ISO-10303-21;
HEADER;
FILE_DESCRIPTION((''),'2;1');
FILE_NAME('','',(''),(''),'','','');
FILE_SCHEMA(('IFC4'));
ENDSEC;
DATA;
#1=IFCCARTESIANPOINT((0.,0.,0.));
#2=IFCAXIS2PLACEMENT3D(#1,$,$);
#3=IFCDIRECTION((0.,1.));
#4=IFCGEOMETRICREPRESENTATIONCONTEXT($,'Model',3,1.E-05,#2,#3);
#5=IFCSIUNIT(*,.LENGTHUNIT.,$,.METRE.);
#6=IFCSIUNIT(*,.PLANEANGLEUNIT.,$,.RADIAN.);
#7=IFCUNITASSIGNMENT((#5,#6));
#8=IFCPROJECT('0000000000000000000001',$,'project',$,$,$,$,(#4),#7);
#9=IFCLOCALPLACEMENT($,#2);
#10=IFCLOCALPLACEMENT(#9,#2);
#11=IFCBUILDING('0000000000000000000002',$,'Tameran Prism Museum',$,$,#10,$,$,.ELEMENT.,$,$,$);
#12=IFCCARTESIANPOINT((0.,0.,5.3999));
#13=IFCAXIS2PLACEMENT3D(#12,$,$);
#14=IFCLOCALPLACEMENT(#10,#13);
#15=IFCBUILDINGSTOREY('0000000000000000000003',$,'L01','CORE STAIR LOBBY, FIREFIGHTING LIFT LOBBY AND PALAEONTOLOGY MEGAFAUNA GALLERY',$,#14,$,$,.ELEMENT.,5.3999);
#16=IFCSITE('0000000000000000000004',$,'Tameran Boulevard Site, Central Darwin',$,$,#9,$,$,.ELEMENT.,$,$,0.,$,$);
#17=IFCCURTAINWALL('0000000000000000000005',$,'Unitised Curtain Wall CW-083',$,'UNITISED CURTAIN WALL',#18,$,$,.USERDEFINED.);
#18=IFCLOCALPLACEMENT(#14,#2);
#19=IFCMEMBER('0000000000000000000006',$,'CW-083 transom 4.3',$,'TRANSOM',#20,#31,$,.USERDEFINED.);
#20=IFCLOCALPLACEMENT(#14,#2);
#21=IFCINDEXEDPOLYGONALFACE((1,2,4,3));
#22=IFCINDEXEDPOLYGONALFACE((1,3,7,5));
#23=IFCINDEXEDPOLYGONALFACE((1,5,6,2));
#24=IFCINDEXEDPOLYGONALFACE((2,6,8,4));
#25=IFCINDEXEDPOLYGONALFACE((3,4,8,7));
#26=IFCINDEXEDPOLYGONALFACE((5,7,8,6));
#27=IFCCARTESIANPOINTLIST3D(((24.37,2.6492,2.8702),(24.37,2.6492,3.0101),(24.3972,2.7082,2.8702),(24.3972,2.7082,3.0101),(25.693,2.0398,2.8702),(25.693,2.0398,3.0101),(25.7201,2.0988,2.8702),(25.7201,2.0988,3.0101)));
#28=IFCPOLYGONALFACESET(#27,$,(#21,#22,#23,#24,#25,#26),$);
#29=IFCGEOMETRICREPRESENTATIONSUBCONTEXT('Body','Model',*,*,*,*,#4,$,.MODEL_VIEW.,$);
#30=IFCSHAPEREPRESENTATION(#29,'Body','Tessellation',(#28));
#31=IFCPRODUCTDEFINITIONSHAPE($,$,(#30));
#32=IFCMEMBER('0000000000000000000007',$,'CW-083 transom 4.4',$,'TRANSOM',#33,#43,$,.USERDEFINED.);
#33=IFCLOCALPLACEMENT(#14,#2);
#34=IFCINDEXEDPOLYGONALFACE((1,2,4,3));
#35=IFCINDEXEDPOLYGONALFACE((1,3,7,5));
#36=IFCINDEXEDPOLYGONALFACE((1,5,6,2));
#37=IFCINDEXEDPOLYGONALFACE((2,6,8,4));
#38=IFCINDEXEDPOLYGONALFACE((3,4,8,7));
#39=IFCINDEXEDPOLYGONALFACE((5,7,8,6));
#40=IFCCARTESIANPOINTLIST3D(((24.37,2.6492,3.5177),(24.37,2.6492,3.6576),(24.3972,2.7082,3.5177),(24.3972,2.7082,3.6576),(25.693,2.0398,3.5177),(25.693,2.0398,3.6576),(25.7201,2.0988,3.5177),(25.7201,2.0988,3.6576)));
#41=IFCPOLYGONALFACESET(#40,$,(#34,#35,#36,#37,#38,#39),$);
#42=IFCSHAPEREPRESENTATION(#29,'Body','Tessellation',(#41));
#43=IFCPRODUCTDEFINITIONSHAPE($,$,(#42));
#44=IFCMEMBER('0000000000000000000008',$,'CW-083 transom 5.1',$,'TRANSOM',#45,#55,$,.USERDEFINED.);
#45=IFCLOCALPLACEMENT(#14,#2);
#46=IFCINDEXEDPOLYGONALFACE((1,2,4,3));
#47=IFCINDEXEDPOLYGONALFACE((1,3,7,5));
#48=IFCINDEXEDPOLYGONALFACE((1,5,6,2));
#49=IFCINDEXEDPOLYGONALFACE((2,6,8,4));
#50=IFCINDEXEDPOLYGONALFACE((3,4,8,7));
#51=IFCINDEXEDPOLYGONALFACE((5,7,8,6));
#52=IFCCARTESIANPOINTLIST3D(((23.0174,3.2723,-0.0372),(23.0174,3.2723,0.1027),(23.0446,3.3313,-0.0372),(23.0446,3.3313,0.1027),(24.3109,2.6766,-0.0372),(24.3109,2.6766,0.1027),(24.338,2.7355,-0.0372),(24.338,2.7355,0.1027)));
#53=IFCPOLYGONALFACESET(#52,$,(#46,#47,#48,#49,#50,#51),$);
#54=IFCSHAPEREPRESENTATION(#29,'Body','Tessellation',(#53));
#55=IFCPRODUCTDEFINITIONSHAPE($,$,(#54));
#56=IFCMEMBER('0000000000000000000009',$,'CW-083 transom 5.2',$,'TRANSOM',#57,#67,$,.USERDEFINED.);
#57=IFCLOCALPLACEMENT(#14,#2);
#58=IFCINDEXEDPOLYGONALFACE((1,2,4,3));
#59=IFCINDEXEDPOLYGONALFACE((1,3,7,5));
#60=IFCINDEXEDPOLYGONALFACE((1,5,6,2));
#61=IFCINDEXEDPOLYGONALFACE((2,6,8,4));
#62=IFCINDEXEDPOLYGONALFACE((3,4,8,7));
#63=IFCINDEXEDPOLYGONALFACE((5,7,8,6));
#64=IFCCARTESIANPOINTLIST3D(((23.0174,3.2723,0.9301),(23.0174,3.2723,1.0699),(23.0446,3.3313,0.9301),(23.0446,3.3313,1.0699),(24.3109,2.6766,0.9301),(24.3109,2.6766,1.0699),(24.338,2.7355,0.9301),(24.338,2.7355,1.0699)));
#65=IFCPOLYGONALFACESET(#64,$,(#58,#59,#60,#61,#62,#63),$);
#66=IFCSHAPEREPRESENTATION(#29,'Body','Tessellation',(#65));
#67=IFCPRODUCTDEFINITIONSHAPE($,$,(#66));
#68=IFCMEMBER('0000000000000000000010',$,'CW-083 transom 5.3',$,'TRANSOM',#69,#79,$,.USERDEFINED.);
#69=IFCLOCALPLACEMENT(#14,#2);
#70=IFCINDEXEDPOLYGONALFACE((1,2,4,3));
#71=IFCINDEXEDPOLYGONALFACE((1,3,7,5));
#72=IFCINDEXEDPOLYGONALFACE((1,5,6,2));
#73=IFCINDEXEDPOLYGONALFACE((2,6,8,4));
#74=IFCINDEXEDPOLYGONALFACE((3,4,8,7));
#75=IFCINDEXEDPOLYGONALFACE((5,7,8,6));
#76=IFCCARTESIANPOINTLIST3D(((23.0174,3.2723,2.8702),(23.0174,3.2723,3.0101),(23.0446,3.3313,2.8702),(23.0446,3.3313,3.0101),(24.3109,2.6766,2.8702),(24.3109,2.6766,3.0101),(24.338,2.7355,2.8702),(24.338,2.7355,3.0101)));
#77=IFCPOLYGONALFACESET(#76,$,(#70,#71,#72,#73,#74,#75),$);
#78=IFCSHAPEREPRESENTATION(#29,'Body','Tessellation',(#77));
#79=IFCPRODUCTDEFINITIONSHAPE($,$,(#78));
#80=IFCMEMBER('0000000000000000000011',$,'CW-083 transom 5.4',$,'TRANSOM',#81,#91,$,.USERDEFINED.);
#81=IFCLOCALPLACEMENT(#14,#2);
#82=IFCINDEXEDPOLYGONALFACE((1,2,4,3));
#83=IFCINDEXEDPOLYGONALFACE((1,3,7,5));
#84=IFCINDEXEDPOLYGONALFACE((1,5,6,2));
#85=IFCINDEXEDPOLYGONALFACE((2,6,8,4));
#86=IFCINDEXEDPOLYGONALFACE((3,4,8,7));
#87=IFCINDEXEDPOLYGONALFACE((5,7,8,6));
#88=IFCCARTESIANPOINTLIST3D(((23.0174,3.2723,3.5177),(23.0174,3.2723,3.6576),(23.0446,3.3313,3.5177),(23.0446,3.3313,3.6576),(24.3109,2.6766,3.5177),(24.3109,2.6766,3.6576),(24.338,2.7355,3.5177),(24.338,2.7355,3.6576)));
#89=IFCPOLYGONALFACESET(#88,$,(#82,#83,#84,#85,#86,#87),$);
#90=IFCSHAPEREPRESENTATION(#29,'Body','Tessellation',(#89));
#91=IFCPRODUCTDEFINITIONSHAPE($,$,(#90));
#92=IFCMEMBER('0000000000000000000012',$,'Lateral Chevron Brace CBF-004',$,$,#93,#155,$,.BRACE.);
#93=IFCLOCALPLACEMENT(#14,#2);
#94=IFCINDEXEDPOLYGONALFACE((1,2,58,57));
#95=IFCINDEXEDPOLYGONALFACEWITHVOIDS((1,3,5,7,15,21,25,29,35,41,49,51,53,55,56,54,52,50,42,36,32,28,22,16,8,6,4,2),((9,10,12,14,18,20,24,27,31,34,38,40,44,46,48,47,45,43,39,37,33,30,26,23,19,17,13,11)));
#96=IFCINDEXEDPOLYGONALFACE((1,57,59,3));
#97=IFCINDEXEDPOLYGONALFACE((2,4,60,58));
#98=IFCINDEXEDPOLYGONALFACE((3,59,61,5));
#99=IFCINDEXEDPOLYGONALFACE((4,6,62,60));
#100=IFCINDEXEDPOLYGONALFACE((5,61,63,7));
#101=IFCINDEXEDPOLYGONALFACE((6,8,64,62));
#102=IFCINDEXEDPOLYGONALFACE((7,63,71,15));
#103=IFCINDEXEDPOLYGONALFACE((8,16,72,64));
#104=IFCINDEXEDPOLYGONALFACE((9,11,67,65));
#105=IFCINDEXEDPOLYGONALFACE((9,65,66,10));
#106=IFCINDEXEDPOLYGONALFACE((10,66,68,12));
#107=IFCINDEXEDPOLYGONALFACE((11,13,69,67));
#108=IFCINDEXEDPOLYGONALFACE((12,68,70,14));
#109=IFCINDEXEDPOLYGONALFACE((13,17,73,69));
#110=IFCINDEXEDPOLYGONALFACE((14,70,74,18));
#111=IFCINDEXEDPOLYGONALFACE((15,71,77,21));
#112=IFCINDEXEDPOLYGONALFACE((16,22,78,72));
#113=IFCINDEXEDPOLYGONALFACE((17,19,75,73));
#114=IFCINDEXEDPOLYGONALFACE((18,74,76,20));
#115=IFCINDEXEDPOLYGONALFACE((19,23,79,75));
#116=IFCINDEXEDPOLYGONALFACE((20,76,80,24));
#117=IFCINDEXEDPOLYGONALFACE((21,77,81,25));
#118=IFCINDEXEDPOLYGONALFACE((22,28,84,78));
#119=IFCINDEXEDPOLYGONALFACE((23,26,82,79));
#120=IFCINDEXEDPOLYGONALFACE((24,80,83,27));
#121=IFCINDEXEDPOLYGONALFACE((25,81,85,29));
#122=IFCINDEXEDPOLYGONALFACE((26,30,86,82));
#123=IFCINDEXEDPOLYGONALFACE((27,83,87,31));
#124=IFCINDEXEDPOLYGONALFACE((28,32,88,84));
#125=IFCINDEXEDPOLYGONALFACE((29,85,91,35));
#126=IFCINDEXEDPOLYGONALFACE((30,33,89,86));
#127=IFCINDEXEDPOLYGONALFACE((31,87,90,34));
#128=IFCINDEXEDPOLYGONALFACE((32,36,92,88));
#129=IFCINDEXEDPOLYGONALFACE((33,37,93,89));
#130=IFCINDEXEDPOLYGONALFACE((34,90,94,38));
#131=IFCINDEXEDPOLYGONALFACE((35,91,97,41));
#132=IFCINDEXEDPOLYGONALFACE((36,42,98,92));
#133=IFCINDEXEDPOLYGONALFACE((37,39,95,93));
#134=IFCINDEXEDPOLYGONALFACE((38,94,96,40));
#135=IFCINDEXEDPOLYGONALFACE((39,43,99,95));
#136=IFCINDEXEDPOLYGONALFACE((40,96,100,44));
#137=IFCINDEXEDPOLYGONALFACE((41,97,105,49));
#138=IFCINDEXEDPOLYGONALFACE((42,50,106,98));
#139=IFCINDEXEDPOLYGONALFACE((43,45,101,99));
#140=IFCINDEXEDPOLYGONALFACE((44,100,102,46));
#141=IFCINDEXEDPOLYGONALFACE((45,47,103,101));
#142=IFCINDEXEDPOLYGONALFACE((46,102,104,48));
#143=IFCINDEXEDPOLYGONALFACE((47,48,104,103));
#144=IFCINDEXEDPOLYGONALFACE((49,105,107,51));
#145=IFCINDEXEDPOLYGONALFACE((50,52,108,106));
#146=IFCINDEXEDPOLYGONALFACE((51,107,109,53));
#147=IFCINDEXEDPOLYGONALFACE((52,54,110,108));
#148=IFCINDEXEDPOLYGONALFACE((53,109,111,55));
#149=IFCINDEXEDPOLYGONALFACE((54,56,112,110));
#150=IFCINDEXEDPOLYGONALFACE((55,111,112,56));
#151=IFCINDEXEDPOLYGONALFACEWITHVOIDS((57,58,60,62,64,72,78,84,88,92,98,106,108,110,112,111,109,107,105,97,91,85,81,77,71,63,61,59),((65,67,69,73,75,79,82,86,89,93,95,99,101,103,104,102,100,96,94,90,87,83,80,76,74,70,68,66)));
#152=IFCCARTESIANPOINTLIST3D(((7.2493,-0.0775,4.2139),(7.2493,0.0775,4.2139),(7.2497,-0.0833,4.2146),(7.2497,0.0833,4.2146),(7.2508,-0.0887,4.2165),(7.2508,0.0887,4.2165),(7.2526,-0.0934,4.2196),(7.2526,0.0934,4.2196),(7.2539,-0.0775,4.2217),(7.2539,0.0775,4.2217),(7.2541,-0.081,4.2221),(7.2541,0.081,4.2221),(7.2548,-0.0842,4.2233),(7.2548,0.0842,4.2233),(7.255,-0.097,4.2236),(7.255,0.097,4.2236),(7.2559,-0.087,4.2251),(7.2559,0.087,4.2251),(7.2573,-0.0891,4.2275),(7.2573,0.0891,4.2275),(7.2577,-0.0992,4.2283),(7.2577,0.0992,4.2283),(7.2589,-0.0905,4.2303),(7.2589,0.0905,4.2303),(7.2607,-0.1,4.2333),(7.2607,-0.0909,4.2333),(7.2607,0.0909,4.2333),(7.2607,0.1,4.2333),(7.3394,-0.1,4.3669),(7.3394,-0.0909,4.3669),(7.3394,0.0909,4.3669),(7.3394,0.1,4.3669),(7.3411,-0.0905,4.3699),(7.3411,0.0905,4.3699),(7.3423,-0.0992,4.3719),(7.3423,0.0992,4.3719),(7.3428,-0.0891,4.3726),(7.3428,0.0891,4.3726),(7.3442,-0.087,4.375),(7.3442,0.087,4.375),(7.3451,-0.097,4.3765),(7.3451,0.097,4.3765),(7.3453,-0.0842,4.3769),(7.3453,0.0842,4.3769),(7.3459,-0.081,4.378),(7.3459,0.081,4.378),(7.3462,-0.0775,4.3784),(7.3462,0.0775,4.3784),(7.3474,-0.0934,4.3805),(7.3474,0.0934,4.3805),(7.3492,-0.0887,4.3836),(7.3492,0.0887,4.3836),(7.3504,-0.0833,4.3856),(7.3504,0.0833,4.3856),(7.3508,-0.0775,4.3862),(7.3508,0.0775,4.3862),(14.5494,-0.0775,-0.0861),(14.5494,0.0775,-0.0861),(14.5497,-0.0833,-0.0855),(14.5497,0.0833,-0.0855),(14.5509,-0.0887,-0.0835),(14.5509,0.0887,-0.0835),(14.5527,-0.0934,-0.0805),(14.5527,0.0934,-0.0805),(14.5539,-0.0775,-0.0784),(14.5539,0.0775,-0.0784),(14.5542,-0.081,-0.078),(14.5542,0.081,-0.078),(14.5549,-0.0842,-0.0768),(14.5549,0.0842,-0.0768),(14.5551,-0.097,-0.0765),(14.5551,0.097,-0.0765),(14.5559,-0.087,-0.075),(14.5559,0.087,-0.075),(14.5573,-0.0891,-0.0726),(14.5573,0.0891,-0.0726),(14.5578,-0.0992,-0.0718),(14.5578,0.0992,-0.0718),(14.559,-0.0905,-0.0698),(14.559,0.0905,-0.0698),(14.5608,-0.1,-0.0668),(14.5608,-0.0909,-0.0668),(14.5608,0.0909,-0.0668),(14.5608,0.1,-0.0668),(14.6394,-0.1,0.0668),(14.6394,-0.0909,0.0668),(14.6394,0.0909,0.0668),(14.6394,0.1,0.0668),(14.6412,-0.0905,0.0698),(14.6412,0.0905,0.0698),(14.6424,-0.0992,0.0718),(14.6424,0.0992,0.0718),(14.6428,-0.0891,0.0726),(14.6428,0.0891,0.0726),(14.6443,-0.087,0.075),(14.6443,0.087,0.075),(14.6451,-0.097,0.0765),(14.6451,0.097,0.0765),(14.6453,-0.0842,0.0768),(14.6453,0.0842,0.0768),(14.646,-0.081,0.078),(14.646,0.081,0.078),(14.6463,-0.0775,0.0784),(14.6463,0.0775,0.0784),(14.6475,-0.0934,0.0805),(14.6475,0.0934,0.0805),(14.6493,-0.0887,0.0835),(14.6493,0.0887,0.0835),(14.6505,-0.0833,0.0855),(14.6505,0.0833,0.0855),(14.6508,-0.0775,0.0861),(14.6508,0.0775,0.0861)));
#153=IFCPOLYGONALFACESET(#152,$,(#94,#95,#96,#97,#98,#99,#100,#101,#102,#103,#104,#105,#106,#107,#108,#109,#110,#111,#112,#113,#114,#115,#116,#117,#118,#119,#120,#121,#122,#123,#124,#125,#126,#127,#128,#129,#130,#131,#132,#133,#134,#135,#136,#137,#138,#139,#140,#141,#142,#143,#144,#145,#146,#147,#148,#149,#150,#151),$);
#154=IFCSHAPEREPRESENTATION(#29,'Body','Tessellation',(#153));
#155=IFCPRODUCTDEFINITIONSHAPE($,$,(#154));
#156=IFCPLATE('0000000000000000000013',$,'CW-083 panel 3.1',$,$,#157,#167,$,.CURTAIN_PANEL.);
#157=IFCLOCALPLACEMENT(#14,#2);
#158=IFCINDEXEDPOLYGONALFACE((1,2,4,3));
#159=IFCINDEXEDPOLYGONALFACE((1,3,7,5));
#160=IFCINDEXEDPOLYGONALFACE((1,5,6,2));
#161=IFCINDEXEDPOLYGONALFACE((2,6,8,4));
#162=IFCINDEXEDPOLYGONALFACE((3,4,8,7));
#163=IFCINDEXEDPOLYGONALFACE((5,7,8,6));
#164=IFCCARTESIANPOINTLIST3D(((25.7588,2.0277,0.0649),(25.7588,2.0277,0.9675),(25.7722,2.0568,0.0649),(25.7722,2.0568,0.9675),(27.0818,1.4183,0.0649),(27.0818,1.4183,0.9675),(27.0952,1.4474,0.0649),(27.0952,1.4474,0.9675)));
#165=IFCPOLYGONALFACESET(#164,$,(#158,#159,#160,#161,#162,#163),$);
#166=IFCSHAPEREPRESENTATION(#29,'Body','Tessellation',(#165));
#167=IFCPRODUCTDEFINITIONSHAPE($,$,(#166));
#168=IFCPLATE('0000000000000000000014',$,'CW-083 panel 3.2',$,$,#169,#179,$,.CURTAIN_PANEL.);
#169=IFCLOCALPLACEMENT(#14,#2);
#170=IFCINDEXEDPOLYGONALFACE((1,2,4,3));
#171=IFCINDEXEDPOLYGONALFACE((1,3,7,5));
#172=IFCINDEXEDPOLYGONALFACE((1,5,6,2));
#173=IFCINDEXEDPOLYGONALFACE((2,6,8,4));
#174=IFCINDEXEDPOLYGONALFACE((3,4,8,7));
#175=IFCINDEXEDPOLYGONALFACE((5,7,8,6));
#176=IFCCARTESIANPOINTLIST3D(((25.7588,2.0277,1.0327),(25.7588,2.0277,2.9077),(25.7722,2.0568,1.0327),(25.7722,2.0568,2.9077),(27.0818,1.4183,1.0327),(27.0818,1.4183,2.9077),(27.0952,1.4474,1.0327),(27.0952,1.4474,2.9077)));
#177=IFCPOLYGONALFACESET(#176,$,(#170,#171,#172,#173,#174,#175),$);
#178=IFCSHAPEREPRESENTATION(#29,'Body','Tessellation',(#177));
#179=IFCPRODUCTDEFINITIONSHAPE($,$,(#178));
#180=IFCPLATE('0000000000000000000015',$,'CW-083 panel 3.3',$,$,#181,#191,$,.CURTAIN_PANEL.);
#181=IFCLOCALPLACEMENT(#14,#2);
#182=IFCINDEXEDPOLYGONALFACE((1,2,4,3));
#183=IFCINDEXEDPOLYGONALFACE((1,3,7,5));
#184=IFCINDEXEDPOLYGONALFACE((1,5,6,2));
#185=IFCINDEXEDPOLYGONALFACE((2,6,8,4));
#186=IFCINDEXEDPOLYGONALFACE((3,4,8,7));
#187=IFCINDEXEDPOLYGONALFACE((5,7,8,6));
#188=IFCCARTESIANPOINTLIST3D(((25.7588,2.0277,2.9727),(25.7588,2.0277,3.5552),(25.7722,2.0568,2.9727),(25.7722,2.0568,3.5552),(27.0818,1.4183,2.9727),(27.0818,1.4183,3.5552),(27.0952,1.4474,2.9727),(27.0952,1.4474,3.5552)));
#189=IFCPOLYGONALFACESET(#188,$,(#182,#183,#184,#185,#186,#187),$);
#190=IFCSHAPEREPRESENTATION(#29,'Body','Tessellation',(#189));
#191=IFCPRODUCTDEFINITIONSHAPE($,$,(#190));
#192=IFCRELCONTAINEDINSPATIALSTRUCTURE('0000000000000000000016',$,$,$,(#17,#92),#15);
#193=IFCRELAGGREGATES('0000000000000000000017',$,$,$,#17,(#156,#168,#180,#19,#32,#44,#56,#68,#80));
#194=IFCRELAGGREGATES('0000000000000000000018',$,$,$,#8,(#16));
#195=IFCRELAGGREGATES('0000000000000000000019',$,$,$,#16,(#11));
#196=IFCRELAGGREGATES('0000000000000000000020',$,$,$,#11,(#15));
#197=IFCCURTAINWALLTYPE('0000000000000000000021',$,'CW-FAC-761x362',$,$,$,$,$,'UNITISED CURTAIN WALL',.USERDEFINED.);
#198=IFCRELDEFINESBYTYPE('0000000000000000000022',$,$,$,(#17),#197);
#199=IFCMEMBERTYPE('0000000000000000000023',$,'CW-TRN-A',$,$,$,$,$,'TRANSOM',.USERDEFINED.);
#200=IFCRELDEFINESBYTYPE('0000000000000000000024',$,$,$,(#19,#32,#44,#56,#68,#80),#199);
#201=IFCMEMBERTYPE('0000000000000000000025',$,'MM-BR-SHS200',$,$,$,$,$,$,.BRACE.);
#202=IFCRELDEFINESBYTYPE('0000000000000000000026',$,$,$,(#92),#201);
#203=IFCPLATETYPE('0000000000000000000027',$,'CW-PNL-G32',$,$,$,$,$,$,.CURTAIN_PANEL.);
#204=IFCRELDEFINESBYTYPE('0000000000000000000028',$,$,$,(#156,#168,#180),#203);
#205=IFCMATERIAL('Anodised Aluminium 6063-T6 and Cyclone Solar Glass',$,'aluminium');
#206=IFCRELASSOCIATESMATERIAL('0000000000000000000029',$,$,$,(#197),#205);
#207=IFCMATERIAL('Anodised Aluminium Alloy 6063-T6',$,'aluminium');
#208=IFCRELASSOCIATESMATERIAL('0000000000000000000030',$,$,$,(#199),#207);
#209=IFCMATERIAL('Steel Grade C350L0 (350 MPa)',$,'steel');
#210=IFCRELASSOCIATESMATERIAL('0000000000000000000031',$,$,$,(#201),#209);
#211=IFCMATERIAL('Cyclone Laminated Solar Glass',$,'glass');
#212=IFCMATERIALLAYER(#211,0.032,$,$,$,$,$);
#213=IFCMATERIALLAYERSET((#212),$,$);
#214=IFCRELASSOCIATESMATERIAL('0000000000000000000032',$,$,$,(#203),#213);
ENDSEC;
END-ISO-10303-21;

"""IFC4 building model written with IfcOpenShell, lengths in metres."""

from ifc_helpers import new_model, si_unit, direction, frame, origin, origin_2d, place, context, subcontext, project, spatial, rectangle, hollow_rectangle, extrude, material, layer, layer_set, material_profile, profile_set, type_object, element, aggregate, save


model = new_model("IFC4")

# Units and contexts
model_context = context("Model", 3, precision=1e-05, world=origin(), true_north=direction((0.0, 1.0)))
body_context = subcontext(model_context, "Body", "Model", "MODEL_VIEW")
ifc_project = project(units=[si_unit("LENGTHUNIT", "METRE"), si_unit("PLANEANGLEUNIT", "RADIAN")], contexts=[model_context])

# Site, building, storey
site_placement = place(None, origin())
site = spatial("IfcSite", under=ifc_project, at=site_placement, Name="Tameran Boulevard Site, Central Darwin", CompositionType="ELEMENT", RefElevation=0.0)
building_placement = place(site_placement, origin())
building = spatial("IfcBuilding", under=site, at=building_placement, Name="Tameran Prism Museum", CompositionType="ELEMENT")
storey_placement = place(building_placement, frame((0.0, 0.0, 5.3999)))
storey = spatial("IfcBuildingStorey", under=building, at=storey_placement, Name="L01", Description="CORE STAIR LOBBY, FIREFIGHTING LIFT LOBBY AND PALAEONTOLOGY MEGAFAUNA GALLERY", CompositionType="ELEMENT", Elevation=5.3999)

# Curtain wall, members
ifc_material_1 = material(Name="Anodised Aluminium 6063-T6 and Cyclone Solar Glass", Category="aluminium")
curtain_wall_type = type_object("IfcCurtainWallType", Name="CW-FAC-761x362", ElementType="UNITISED CURTAIN WALL", PredefinedType="USERDEFINED", material=ifc_material_1)
curtain_wall_placement = place(storey_placement, origin())
curtain_wall = element("IfcCurtainWall", 1, at=curtain_wall_placement, inside=storey, type_object=curtain_wall_type, Name="Unitised Curtain Wall CW-083", ObjectType="UNITISED CURTAIN WALL", PredefinedType="USERDEFINED")
ifc_material_2 = material(Name="Anodised Aluminium Alloy 6063-T6", Category="aluminium")
ifc_material_profile_1 = material_profile(ifc_material_2, rectangle(XDim=0.0649, YDim=0.1399, at=origin_2d()))
ifc_profile_set_1 = profile_set([ifc_material_profile_1])
member_type_1 = type_object("IfcMemberType", Name="CW-TRN-A", ElementType="TRANSOM", PredefinedType="USERDEFINED", material=ifc_profile_set_1)
member_1_placement = place(storey_placement, frame((25.7065, 2.0693, 2.9402), z_axis=(-0.908283, 0.418357, 0.0), x_axis=(-0.418357, -0.908283, 0.0)))
member_1 = element("IfcMember", 2, at=member_1_placement, type_object=member_type_1, Name="CW-083 transom 4.3", ObjectType="TRANSOM", PredefinedType="USERDEFINED", context=body_context, shape_type="SweptSolid", body=[
    extrude(rectangle(XDim=0.0649, YDim=0.1399, at=origin_2d()), origin(), (0.0, 0.0, 1.0), 1.4565),
])
member_2_placement = place(storey_placement, frame((25.7065, 2.0693, 3.5876), z_axis=(-0.908283, 0.418357, 0.0), x_axis=(-0.418357, -0.908283, 0.0)))
member_2 = element("IfcMember", 3, at=member_2_placement, type_object=member_type_1, Name="CW-083 transom 4.4", ObjectType="TRANSOM", PredefinedType="USERDEFINED", context=body_context, shape_type="SweptSolid", body=[
    extrude(rectangle(XDim=0.0649, YDim=0.1399, at=origin_2d()), origin(), (0.0, 0.0, 1.0), 1.4565),
])
member_3_placement = place(storey_placement, frame((24.3245, 2.7061, 0.0327), z_axis=(-0.9083, 0.418319, 0.0), x_axis=(-0.418319, -0.9083, 0.0)))
member_3 = element("IfcMember", 4, at=member_3_placement, type_object=member_type_1, Name="CW-083 transom 5.1", ObjectType="TRANSOM", PredefinedType="USERDEFINED", context=body_context, shape_type="SweptSolid", body=[
    extrude(rectangle(XDim=0.0649, YDim=0.1399, at=origin_2d()), origin(), (0.0, 0.0, 1.0), 1.4241),
])
member_4_placement = place(storey_placement, frame((24.3245, 2.7061, 1.0), z_axis=(-0.9083, 0.418319, 0.0), x_axis=(-0.418319, -0.9083, 0.0)))
member_4 = element("IfcMember", 5, at=member_4_placement, type_object=member_type_1, Name="CW-083 transom 5.2", ObjectType="TRANSOM", PredefinedType="USERDEFINED", context=body_context, shape_type="SweptSolid", body=[
    extrude(rectangle(XDim=0.0649, YDim=0.1399, at=origin_2d()), origin(), (0.0, 0.0, 1.0), 1.4241),
])
member_5_placement = place(storey_placement, frame((24.3245, 2.7061, 2.9402), z_axis=(-0.9083, 0.418319, 0.0), x_axis=(-0.418319, -0.9083, 0.0)))
member_5 = element("IfcMember", 6, at=member_5_placement, type_object=member_type_1, Name="CW-083 transom 5.3", ObjectType="TRANSOM", PredefinedType="USERDEFINED", context=body_context, shape_type="SweptSolid", body=[
    extrude(rectangle(XDim=0.0649, YDim=0.1399, at=origin_2d()), origin(), (0.0, 0.0, 1.0), 1.4241),
])
member_6_placement = place(storey_placement, frame((24.3245, 2.7061, 3.5876), z_axis=(-0.9083, 0.418319, 0.0), x_axis=(-0.418319, -0.9083, 0.0)))
member_6 = element("IfcMember", 7, at=member_6_placement, type_object=member_type_1, Name="CW-083 transom 5.4", ObjectType="TRANSOM", PredefinedType="USERDEFINED", context=body_context, shape_type="SweptSolid", body=[
    extrude(rectangle(XDim=0.0649, YDim=0.1399, at=origin_2d()), origin(), (0.0, 0.0, 1.0), 1.4241),
])

# Member
ifc_material_3 = material(Name="Steel Grade C350L0 (350 MPa)", Category="steel")
ifc_material_profile_2 = material_profile(ifc_material_3, hollow_rectangle(XDim=0.2, YDim=0.2, WallThickness=0.009, InnerFilletRadius=0.0134, OuterFilletRadius=0.0225, at=origin_2d()))
ifc_profile_set_2 = profile_set([ifc_material_profile_2])
member_type_2 = type_object("IfcMemberType", Name="MM-BR-SHS200", PredefinedType="BRACE", material=ifc_profile_set_2)
member_7_placement = place(storey_placement, frame((14.6001, 0.0, 0.0), z_axis=(-0.86163, 0.0, 0.507538), x_axis=(0.0, -1.0, 0.0)))
element("IfcMember", 8, at=member_7_placement, inside=storey, type_object=member_type_2, Name="Lateral Chevron Brace CBF-004", PredefinedType="BRACE", context=body_context, shape_type="SweptSolid", body=[
    extrude(hollow_rectangle(XDim=0.2, YDim=0.2, WallThickness=0.009, InnerFilletRadius=0.0134, OuterFilletRadius=0.0225, at=origin_2d()), origin(), (0.0, 0.0, 1.0), 8.4724),
])

# Plates
ifc_material_4 = material(Name="Cyclone Laminated Solar Glass", Category="glass")
ifc_layer_1 = layer(ifc_material_4, 0.032)
ifc_layer_set_1 = layer_set([ifc_layer_1])
plate_type = type_object("IfcPlateType", Name="CW-PNL-G32", PredefinedType="CURTAIN_PANEL", material=ifc_layer_set_1)
plate_1_placement = place(storey_placement, frame((26.427, 1.7375, 0.0649), z_axis=(0.0, 0.0, 1.0), x_axis=(-0.908271, 0.418383, 0.0)))
plate_1 = element("IfcPlate", 9, at=plate_1_placement, type_object=plate_type, Name="CW-083 panel 3.1", PredefinedType="CURTAIN_PANEL", context=body_context, shape_type="SweptSolid", body=[
    extrude(rectangle(XDim=1.4565, YDim=0.032, at=origin_2d()), origin(), (0.0, 0.0, 1.0), 0.9026),
])
plate_2_placement = place(storey_placement, frame((26.427, 1.7375, 1.0327), z_axis=(0.0, 0.0, 1.0), x_axis=(-0.908271, 0.418383, 0.0)))
plate_2 = element("IfcPlate", 10, at=plate_2_placement, type_object=plate_type, Name="CW-083 panel 3.2", PredefinedType="CURTAIN_PANEL", context=body_context, shape_type="SweptSolid", body=[
    extrude(rectangle(XDim=1.4565, YDim=0.032, at=origin_2d()), origin(), (0.0, 0.0, 1.0), 1.875),
])
plate_3_placement = place(storey_placement, frame((26.427, 1.7375, 2.9727), z_axis=(0.0, 0.0, 1.0), x_axis=(-0.908271, 0.418383, 0.0)))
plate_3 = element("IfcPlate", 11, at=plate_3_placement, type_object=plate_type, Name="CW-083 panel 3.3", PredefinedType="CURTAIN_PANEL", context=body_context, shape_type="SweptSolid", body=[
    extrude(rectangle(XDim=1.4565, YDim=0.032, at=origin_2d()), origin(), (0.0, 0.0, 1.0), 0.5825),
])
aggregate(curtain_wall, [plate_1, plate_2, plate_3, member_1, member_2, member_3, member_4, member_5, member_6])

save(model, "model.ifc")
